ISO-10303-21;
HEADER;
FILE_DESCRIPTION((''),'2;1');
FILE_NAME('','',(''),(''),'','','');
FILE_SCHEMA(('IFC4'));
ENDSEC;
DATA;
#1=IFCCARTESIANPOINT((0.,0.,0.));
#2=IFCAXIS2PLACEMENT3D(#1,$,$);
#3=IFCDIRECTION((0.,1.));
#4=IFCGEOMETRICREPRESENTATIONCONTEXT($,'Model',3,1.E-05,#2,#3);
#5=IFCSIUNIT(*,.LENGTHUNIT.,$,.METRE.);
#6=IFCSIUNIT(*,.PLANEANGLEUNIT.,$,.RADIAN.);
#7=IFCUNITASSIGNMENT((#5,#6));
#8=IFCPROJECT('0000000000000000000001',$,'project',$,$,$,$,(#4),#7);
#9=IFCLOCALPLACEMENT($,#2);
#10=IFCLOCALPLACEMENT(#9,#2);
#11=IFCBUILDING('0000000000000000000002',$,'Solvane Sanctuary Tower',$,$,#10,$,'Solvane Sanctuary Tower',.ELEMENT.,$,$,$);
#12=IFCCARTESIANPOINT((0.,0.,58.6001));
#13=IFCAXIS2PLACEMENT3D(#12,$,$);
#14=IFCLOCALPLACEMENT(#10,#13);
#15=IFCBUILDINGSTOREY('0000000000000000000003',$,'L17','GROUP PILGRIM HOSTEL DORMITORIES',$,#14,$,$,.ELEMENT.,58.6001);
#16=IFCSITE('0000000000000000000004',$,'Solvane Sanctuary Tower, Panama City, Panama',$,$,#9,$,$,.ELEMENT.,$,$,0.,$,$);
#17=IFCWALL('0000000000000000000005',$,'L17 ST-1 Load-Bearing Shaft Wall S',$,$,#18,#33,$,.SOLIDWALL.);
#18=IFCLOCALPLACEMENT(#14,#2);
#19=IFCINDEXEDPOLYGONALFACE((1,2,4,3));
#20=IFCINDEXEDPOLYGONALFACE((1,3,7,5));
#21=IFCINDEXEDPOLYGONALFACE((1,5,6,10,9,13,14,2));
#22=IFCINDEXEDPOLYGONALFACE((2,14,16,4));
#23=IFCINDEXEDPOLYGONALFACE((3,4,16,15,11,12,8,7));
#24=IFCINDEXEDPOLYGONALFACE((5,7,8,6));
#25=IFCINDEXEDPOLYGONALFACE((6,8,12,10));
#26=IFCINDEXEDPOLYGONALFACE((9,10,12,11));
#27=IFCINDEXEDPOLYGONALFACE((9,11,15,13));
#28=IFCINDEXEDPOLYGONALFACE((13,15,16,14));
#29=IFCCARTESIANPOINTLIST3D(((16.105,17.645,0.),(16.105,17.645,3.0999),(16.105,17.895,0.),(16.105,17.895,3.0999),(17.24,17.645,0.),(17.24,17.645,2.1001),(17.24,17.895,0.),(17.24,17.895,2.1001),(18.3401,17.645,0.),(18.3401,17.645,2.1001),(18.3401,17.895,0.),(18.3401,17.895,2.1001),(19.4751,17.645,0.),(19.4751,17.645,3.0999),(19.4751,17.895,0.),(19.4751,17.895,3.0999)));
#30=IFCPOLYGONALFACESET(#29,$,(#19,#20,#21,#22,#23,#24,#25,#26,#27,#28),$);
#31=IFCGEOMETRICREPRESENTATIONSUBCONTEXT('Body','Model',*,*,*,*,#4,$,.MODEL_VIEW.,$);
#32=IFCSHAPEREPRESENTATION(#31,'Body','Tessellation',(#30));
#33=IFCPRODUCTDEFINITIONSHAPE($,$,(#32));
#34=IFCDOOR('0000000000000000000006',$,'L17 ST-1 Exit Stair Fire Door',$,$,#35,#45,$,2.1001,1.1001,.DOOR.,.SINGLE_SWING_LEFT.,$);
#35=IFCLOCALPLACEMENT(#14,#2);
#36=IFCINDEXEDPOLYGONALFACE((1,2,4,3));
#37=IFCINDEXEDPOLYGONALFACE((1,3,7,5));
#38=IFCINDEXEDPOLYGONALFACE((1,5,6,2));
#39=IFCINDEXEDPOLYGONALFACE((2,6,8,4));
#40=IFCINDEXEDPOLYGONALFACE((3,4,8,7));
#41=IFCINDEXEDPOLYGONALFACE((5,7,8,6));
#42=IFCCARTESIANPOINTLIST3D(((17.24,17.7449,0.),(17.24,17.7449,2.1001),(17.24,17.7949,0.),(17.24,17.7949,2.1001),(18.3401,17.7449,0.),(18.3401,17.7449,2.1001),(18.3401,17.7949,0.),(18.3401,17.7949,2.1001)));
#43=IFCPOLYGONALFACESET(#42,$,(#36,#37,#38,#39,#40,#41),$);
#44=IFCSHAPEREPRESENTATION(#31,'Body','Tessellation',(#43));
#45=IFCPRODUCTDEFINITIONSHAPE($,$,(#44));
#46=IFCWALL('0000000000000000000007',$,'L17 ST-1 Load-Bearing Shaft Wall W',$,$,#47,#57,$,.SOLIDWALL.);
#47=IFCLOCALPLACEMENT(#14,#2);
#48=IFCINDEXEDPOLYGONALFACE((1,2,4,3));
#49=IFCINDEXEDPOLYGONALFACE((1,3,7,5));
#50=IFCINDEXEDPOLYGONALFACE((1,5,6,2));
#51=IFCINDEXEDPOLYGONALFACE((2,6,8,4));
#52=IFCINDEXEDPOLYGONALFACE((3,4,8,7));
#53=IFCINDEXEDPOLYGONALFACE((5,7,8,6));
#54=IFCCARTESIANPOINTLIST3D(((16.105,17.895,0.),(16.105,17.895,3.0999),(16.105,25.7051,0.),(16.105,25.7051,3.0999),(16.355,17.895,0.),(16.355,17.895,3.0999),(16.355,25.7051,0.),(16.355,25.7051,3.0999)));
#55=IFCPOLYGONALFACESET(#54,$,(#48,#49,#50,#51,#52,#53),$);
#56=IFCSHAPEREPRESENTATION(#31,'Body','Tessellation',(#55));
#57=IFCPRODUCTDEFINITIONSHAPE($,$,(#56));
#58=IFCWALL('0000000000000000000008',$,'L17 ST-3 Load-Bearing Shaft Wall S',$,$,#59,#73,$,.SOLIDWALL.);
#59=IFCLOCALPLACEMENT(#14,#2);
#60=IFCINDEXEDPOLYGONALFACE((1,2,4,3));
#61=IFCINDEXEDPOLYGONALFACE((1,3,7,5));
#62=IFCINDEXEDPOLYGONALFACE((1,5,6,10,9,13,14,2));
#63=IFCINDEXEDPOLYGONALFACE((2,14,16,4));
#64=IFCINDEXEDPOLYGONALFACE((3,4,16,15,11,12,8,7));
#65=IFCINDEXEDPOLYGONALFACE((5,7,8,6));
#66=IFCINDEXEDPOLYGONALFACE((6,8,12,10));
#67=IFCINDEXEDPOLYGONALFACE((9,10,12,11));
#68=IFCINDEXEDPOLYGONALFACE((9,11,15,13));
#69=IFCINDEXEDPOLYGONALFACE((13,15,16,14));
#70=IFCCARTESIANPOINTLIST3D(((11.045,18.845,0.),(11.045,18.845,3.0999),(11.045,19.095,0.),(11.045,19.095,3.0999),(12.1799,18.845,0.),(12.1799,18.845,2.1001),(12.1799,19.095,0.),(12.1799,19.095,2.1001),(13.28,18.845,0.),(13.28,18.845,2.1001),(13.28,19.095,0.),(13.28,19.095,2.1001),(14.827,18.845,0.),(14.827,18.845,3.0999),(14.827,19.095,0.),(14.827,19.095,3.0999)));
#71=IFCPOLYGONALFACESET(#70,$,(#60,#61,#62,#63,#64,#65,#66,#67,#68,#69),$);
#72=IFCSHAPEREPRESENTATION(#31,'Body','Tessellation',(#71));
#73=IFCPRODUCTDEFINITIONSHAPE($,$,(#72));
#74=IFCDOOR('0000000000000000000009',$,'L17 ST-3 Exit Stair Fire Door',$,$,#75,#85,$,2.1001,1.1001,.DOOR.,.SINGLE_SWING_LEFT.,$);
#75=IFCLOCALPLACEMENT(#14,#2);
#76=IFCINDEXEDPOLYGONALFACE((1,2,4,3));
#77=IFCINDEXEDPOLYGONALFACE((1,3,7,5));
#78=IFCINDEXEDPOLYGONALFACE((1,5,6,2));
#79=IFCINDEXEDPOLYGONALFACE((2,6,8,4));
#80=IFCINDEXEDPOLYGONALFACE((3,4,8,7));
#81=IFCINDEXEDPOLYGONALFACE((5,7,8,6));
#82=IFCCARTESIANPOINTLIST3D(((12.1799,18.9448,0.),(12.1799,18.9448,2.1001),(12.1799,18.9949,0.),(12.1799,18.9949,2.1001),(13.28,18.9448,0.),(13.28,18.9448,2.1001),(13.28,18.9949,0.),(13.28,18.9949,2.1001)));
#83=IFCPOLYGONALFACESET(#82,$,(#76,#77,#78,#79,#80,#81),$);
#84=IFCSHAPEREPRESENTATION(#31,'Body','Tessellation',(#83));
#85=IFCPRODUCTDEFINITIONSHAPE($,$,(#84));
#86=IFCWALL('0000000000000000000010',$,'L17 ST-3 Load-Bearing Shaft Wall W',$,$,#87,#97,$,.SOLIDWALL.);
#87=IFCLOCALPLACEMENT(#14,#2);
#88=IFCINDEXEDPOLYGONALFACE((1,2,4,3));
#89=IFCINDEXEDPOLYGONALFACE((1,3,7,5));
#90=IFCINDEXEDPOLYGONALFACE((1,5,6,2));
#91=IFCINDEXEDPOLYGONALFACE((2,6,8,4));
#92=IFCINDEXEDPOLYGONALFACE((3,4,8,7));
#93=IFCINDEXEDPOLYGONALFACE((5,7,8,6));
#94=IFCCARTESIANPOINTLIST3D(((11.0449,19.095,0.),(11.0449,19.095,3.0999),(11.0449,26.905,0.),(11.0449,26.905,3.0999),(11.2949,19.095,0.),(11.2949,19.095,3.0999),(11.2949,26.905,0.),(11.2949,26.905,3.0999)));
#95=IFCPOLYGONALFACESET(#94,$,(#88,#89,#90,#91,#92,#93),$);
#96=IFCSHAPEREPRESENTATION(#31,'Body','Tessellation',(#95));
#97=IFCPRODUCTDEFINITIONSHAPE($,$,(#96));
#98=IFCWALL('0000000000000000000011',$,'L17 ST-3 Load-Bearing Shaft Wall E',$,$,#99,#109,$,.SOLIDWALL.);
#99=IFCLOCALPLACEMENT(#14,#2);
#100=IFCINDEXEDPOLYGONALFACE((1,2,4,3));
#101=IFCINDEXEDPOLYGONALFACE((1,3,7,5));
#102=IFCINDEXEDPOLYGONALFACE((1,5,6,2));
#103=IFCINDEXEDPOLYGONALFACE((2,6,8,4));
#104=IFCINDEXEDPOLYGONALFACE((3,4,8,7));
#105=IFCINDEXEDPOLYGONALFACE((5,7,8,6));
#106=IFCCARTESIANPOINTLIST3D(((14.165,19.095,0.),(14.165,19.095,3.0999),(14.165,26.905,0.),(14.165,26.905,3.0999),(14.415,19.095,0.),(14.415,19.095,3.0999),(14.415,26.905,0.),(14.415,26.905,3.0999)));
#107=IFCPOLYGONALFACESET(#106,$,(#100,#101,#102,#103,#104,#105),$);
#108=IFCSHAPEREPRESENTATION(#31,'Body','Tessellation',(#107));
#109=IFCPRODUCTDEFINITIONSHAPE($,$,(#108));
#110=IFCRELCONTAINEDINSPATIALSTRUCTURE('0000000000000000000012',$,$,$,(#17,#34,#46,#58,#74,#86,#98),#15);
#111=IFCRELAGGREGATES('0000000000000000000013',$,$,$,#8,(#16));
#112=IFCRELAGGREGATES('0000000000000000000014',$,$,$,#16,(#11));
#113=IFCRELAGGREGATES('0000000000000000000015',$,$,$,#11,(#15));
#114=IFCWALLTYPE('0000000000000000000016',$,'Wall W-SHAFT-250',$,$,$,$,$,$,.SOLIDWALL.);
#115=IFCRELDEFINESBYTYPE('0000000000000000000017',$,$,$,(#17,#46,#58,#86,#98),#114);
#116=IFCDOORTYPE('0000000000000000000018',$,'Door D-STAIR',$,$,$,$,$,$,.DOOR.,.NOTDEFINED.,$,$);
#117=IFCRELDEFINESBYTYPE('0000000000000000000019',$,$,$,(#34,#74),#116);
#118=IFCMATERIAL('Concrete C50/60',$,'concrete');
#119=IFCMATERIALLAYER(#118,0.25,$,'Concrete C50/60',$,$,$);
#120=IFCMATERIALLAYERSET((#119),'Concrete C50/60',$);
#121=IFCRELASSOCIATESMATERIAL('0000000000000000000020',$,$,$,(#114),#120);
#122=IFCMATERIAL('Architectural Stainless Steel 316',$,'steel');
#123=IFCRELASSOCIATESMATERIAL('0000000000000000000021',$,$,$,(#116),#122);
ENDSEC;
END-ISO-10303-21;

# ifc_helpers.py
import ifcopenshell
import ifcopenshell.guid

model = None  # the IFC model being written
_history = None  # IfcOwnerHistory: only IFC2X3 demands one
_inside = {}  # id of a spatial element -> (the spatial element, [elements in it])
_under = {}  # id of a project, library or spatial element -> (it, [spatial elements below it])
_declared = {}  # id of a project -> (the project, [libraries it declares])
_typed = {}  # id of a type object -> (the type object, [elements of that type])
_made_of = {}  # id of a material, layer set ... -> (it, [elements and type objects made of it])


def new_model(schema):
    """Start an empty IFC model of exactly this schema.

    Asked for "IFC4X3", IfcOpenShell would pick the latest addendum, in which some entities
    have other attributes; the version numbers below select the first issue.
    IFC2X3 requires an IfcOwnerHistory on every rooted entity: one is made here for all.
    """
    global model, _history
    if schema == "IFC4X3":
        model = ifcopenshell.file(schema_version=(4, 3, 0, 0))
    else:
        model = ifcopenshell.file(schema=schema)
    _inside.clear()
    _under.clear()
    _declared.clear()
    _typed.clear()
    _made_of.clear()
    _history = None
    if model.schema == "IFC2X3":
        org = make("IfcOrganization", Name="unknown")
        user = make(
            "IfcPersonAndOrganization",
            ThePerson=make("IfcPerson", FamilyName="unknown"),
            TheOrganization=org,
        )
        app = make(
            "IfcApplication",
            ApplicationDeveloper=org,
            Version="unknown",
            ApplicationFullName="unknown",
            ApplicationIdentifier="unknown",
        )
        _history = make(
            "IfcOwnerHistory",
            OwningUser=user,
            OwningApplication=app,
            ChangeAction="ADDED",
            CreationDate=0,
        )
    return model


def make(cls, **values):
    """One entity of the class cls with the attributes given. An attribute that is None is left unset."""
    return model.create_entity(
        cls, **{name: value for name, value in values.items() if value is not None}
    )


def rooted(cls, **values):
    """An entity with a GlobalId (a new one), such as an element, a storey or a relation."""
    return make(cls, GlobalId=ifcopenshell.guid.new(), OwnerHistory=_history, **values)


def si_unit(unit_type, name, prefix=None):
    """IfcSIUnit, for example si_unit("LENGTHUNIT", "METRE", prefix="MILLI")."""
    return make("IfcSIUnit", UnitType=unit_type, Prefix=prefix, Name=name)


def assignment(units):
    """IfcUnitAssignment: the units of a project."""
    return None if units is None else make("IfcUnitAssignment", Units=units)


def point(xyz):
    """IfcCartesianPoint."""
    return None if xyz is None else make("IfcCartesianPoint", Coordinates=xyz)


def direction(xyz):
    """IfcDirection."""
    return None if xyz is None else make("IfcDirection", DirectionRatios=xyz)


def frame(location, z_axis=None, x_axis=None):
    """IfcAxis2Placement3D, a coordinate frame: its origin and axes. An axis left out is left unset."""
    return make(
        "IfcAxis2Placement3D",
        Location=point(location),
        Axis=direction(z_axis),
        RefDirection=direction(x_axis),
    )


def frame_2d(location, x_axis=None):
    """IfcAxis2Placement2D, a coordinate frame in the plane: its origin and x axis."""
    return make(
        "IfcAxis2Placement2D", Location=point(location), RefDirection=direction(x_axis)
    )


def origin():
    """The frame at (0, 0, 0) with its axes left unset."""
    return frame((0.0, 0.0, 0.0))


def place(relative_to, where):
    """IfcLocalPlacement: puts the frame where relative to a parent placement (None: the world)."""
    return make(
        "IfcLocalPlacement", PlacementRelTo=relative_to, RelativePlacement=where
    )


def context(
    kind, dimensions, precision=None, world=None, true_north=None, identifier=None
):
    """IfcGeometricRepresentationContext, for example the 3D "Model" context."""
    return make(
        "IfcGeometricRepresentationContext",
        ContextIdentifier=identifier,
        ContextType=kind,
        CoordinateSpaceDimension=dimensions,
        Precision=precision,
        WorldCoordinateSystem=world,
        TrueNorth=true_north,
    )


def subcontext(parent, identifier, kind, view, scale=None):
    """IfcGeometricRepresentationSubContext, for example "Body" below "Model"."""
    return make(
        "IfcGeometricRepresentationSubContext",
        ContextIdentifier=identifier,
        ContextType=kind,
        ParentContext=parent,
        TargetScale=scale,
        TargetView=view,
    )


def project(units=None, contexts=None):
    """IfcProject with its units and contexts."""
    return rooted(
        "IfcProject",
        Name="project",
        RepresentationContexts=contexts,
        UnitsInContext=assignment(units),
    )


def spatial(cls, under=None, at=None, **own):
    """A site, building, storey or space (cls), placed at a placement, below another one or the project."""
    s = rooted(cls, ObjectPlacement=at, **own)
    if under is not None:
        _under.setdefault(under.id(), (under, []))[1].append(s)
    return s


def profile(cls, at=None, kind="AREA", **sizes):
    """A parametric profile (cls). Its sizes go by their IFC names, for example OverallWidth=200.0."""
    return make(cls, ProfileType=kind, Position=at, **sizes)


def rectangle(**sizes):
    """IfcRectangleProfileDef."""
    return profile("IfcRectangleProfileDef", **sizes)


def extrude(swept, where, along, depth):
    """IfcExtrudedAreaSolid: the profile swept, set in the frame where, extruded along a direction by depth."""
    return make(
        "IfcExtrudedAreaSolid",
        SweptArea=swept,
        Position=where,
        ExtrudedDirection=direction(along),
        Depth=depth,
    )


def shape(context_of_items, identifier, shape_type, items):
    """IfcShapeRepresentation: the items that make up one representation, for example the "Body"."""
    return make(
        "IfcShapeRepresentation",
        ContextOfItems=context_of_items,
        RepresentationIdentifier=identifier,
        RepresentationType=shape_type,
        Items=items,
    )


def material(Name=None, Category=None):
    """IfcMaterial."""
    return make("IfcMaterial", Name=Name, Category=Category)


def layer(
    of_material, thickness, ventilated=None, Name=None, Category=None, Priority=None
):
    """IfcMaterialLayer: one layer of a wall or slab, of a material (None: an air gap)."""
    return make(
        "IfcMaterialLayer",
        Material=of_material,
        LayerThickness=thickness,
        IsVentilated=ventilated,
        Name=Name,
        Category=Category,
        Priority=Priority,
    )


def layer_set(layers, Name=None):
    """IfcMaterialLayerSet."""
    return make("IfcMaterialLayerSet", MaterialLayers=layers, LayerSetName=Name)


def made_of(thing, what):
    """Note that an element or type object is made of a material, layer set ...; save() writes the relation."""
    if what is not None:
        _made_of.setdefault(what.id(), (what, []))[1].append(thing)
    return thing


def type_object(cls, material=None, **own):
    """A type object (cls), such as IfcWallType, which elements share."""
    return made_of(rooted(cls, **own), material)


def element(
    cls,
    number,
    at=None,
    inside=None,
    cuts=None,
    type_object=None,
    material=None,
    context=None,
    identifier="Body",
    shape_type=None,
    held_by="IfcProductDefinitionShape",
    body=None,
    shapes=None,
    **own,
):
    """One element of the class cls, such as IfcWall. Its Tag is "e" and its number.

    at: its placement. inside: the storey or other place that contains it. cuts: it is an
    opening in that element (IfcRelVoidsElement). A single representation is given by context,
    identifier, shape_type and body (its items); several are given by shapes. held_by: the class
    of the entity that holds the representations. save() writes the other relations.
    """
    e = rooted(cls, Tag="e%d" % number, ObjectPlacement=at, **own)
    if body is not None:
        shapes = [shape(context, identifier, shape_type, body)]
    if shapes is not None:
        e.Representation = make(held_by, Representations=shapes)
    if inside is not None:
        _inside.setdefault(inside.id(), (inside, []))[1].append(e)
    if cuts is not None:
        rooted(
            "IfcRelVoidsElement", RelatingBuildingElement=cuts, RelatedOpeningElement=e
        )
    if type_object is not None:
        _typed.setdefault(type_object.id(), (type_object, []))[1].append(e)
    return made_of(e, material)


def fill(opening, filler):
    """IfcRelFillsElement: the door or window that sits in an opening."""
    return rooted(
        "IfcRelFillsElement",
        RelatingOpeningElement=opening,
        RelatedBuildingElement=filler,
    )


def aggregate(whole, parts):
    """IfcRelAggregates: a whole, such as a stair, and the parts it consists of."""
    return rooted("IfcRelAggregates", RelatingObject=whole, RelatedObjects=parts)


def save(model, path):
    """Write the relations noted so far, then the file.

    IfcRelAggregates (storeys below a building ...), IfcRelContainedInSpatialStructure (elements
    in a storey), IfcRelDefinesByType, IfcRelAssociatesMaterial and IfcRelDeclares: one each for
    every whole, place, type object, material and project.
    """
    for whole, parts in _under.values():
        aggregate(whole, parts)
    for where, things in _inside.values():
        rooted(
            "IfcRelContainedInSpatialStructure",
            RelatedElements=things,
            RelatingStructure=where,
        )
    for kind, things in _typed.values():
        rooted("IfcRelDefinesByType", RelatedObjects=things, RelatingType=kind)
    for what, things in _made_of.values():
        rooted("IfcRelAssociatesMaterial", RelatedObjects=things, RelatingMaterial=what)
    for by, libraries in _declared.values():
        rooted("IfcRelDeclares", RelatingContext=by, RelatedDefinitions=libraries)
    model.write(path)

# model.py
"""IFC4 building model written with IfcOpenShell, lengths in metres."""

from ifc_helpers import new_model, si_unit, direction, frame, frame_2d, origin, place, context, subcontext, project, spatial, rectangle, extrude, material, layer, layer_set, type_object, element, fill, save


model = new_model("IFC4")

# Units and contexts
model_context = context("Model", 3, precision=1e-05, world=origin(), true_north=direction((0.0, 1.0)))
body_context = subcontext(model_context, "Body", "Model", "MODEL_VIEW")
ifc_project = project(units=[si_unit("LENGTHUNIT", "METRE"), si_unit("PLANEANGLEUNIT", "RADIAN")], contexts=[model_context])

# Site, building, storey
site_placement = place(None, origin())
site = spatial("IfcSite", under=ifc_project, at=site_placement, Name="Solvane Sanctuary Tower, Panama City, Panama", CompositionType="ELEMENT", RefElevation=0.0)
building_placement = place(site_placement, origin())
building = spatial("IfcBuilding", under=site, at=building_placement, Name="Solvane Sanctuary Tower", LongName="Solvane Sanctuary Tower", CompositionType="ELEMENT")
storey_placement = place(building_placement, frame((0.0, 0.0, 58.6001)))
storey = spatial("IfcBuildingStorey", under=building, at=storey_placement, Name="L17", Description="GROUP PILGRIM HOSTEL DORMITORIES", CompositionType="ELEMENT", Elevation=58.6001)

# Wall, opening, door
ifc_material_1 = material(Name="Concrete C50/60", Category="concrete")
ifc_layer_1 = layer(ifc_material_1, 0.25, Name="Concrete C50/60")
ifc_layer_set_1 = layer_set([ifc_layer_1], Name="Concrete C50/60")
wall_type_1 = type_object("IfcWallType", Name="Wall W-SHAFT-250", PredefinedType="SOLIDWALL", material=ifc_layer_set_1)
wall_1_placement = place(storey_placement, frame((16.105, 17.77, 0.0), z_axis=(0.0, 0.0, 1.0), x_axis=(1.0, 0.0, 0.0)))
wall_1 = element("IfcWall", 1, at=wall_1_placement, inside=storey, type_object=wall_type_1, Name="L17 ST-1 Load-Bearing Shaft Wall S", PredefinedType="SOLIDWALL", context=body_context, shape_type="SweptSolid", body=[
    extrude(rectangle(XDim=3.3701, YDim=0.25, at=frame_2d((1.6851, 0.0))), origin(), (0.0, 0.0, 1.0), 3.0999),
])
opening_1_placement = place(wall_1_placement, frame((1.135, 0.0, 0.0)))
opening_1 = element("IfcOpeningElement", 2, at=opening_1_placement, cuts=wall_1, PredefinedType="OPENING", context=body_context, shape_type="SweptSolid", body=[
    extrude(rectangle(XDim=1.1001, YDim=2.1001, at=frame_2d((0.55, 1.05))), frame((0.0, 0.135, 0.0), z_axis=(0.0, -1.0, 0.0), x_axis=(1.0, 0.0, 0.0)), (0.0, 0.0, 1.0), 0.27),
])
ifc_material_2 = material(Name="Architectural Stainless Steel 316", Category="steel")
door_type_1 = type_object("IfcDoorType", Name="Door D-STAIR", OperationType="NOTDEFINED", PredefinedType="DOOR", material=ifc_material_2)
door_1_placement = place(opening_1_placement, origin())
door_1 = element("IfcDoor", 3, at=door_1_placement, inside=storey, type_object=door_type_1, Name="L17 ST-1 Exit Stair Fire Door", OperationType="SINGLE_SWING_LEFT", OverallHeight=2.1001, OverallWidth=1.1001, PredefinedType="DOOR", context=body_context, shape_type="SweptSolid", body=[
    extrude(rectangle(XDim=1.1001, YDim=2.1001, at=frame_2d((0.55, 1.05))), frame((0.0, 0.0249, 0.0), z_axis=(0.0, -1.0, 0.0), x_axis=(1.0, 0.0, 0.0)), (0.0, 0.0, 1.0), 0.05),
])
fill(opening_1, door_1)

# Wall
wall_2_placement = place(storey_placement, frame((16.23, 17.895, 0.0), z_axis=(0.0, 0.0, 1.0), x_axis=(0.0, 1.0, 0.0)))
element("IfcWall", 4, at=wall_2_placement, inside=storey, type_object=wall_type_1, Name="L17 ST-1 Load-Bearing Shaft Wall W", PredefinedType="SOLIDWALL", context=body_context, shape_type="SweptSolid", body=[
    extrude(rectangle(XDim=7.8101, YDim=0.25, at=frame_2d((3.905, 0.0))), origin(), (0.0, 0.0, 1.0), 3.0999),
])

# Wall, opening, door
wall_3_placement = place(storey_placement, frame((11.0449, 18.97, 0.0), z_axis=(0.0, 0.0, 1.0), x_axis=(1.0, 0.0, 0.0)))
wall_3 = element("IfcWall", 5, at=wall_3_placement, inside=storey, type_object=wall_type_1, Name="L17 ST-3 Load-Bearing Shaft Wall S", PredefinedType="SOLIDWALL", context=body_context, shape_type="SweptSolid", body=[
    extrude(rectangle(XDim=3.782, YDim=0.25, at=frame_2d((1.8911, 0.0))), origin(), (0.0, 0.0, 1.0), 3.0999),
])
opening_2_placement = place(wall_3_placement, frame((1.135, 0.0, 0.0)))
opening_2 = element("IfcOpeningElement", 6, at=opening_2_placement, cuts=wall_3, PredefinedType="OPENING", context=body_context, shape_type="SweptSolid", body=[
    extrude(rectangle(XDim=1.1001, YDim=2.1001, at=frame_2d((0.55, 1.05))), frame((0.0, 0.135, 0.0), z_axis=(0.0, -1.0, 0.0), x_axis=(1.0, 0.0, 0.0)), (0.0, 0.0, 1.0), 0.27),
])
door_2_placement = place(opening_2_placement, origin())
door_2 = element("IfcDoor", 7, at=door_2_placement, inside=storey, type_object=door_type_1, Name="L17 ST-3 Exit Stair Fire Door", OperationType="SINGLE_SWING_LEFT", OverallHeight=2.1001, OverallWidth=1.1001, PredefinedType="DOOR", context=body_context, shape_type="SweptSolid", body=[
    extrude(rectangle(XDim=1.1001, YDim=2.1001, at=frame_2d((0.55, 1.05))), frame((0.0, 0.0249, 0.0), z_axis=(0.0, -1.0, 0.0), x_axis=(1.0, 0.0, 0.0)), (0.0, 0.0, 1.0), 0.05),
])
fill(opening_2, door_2)

# Walls
for number, where, z_axis, x_axis, name in (
    (8, (11.1699, 19.095, 0.0), (0.0, 0.0, 1.0), (0.0, 1.0, 0.0), "L17 ST-3 Load-Bearing Shaft Wall W"),
    (9, (14.29, 19.095, 0.0), (0.0, 0.0, 1.0), (0.0, 1.0, 0.0), "L17 ST-3 Load-Bearing Shaft Wall E"),
):
    element("IfcWall", number, at=place(storey_placement, frame(where, z_axis=z_axis, x_axis=x_axis)), inside=storey, type_object=wall_type_1, Name=name, PredefinedType="SOLIDWALL", context=body_context, shape_type="SweptSolid", body=[
        extrude(rectangle(XDim=7.8101, YDim=0.25, at=frame_2d((3.905, 0.0))), origin(), (0.0, 0.0, 1.0), 3.0999),
    ])

save(model, "model.ifc")
